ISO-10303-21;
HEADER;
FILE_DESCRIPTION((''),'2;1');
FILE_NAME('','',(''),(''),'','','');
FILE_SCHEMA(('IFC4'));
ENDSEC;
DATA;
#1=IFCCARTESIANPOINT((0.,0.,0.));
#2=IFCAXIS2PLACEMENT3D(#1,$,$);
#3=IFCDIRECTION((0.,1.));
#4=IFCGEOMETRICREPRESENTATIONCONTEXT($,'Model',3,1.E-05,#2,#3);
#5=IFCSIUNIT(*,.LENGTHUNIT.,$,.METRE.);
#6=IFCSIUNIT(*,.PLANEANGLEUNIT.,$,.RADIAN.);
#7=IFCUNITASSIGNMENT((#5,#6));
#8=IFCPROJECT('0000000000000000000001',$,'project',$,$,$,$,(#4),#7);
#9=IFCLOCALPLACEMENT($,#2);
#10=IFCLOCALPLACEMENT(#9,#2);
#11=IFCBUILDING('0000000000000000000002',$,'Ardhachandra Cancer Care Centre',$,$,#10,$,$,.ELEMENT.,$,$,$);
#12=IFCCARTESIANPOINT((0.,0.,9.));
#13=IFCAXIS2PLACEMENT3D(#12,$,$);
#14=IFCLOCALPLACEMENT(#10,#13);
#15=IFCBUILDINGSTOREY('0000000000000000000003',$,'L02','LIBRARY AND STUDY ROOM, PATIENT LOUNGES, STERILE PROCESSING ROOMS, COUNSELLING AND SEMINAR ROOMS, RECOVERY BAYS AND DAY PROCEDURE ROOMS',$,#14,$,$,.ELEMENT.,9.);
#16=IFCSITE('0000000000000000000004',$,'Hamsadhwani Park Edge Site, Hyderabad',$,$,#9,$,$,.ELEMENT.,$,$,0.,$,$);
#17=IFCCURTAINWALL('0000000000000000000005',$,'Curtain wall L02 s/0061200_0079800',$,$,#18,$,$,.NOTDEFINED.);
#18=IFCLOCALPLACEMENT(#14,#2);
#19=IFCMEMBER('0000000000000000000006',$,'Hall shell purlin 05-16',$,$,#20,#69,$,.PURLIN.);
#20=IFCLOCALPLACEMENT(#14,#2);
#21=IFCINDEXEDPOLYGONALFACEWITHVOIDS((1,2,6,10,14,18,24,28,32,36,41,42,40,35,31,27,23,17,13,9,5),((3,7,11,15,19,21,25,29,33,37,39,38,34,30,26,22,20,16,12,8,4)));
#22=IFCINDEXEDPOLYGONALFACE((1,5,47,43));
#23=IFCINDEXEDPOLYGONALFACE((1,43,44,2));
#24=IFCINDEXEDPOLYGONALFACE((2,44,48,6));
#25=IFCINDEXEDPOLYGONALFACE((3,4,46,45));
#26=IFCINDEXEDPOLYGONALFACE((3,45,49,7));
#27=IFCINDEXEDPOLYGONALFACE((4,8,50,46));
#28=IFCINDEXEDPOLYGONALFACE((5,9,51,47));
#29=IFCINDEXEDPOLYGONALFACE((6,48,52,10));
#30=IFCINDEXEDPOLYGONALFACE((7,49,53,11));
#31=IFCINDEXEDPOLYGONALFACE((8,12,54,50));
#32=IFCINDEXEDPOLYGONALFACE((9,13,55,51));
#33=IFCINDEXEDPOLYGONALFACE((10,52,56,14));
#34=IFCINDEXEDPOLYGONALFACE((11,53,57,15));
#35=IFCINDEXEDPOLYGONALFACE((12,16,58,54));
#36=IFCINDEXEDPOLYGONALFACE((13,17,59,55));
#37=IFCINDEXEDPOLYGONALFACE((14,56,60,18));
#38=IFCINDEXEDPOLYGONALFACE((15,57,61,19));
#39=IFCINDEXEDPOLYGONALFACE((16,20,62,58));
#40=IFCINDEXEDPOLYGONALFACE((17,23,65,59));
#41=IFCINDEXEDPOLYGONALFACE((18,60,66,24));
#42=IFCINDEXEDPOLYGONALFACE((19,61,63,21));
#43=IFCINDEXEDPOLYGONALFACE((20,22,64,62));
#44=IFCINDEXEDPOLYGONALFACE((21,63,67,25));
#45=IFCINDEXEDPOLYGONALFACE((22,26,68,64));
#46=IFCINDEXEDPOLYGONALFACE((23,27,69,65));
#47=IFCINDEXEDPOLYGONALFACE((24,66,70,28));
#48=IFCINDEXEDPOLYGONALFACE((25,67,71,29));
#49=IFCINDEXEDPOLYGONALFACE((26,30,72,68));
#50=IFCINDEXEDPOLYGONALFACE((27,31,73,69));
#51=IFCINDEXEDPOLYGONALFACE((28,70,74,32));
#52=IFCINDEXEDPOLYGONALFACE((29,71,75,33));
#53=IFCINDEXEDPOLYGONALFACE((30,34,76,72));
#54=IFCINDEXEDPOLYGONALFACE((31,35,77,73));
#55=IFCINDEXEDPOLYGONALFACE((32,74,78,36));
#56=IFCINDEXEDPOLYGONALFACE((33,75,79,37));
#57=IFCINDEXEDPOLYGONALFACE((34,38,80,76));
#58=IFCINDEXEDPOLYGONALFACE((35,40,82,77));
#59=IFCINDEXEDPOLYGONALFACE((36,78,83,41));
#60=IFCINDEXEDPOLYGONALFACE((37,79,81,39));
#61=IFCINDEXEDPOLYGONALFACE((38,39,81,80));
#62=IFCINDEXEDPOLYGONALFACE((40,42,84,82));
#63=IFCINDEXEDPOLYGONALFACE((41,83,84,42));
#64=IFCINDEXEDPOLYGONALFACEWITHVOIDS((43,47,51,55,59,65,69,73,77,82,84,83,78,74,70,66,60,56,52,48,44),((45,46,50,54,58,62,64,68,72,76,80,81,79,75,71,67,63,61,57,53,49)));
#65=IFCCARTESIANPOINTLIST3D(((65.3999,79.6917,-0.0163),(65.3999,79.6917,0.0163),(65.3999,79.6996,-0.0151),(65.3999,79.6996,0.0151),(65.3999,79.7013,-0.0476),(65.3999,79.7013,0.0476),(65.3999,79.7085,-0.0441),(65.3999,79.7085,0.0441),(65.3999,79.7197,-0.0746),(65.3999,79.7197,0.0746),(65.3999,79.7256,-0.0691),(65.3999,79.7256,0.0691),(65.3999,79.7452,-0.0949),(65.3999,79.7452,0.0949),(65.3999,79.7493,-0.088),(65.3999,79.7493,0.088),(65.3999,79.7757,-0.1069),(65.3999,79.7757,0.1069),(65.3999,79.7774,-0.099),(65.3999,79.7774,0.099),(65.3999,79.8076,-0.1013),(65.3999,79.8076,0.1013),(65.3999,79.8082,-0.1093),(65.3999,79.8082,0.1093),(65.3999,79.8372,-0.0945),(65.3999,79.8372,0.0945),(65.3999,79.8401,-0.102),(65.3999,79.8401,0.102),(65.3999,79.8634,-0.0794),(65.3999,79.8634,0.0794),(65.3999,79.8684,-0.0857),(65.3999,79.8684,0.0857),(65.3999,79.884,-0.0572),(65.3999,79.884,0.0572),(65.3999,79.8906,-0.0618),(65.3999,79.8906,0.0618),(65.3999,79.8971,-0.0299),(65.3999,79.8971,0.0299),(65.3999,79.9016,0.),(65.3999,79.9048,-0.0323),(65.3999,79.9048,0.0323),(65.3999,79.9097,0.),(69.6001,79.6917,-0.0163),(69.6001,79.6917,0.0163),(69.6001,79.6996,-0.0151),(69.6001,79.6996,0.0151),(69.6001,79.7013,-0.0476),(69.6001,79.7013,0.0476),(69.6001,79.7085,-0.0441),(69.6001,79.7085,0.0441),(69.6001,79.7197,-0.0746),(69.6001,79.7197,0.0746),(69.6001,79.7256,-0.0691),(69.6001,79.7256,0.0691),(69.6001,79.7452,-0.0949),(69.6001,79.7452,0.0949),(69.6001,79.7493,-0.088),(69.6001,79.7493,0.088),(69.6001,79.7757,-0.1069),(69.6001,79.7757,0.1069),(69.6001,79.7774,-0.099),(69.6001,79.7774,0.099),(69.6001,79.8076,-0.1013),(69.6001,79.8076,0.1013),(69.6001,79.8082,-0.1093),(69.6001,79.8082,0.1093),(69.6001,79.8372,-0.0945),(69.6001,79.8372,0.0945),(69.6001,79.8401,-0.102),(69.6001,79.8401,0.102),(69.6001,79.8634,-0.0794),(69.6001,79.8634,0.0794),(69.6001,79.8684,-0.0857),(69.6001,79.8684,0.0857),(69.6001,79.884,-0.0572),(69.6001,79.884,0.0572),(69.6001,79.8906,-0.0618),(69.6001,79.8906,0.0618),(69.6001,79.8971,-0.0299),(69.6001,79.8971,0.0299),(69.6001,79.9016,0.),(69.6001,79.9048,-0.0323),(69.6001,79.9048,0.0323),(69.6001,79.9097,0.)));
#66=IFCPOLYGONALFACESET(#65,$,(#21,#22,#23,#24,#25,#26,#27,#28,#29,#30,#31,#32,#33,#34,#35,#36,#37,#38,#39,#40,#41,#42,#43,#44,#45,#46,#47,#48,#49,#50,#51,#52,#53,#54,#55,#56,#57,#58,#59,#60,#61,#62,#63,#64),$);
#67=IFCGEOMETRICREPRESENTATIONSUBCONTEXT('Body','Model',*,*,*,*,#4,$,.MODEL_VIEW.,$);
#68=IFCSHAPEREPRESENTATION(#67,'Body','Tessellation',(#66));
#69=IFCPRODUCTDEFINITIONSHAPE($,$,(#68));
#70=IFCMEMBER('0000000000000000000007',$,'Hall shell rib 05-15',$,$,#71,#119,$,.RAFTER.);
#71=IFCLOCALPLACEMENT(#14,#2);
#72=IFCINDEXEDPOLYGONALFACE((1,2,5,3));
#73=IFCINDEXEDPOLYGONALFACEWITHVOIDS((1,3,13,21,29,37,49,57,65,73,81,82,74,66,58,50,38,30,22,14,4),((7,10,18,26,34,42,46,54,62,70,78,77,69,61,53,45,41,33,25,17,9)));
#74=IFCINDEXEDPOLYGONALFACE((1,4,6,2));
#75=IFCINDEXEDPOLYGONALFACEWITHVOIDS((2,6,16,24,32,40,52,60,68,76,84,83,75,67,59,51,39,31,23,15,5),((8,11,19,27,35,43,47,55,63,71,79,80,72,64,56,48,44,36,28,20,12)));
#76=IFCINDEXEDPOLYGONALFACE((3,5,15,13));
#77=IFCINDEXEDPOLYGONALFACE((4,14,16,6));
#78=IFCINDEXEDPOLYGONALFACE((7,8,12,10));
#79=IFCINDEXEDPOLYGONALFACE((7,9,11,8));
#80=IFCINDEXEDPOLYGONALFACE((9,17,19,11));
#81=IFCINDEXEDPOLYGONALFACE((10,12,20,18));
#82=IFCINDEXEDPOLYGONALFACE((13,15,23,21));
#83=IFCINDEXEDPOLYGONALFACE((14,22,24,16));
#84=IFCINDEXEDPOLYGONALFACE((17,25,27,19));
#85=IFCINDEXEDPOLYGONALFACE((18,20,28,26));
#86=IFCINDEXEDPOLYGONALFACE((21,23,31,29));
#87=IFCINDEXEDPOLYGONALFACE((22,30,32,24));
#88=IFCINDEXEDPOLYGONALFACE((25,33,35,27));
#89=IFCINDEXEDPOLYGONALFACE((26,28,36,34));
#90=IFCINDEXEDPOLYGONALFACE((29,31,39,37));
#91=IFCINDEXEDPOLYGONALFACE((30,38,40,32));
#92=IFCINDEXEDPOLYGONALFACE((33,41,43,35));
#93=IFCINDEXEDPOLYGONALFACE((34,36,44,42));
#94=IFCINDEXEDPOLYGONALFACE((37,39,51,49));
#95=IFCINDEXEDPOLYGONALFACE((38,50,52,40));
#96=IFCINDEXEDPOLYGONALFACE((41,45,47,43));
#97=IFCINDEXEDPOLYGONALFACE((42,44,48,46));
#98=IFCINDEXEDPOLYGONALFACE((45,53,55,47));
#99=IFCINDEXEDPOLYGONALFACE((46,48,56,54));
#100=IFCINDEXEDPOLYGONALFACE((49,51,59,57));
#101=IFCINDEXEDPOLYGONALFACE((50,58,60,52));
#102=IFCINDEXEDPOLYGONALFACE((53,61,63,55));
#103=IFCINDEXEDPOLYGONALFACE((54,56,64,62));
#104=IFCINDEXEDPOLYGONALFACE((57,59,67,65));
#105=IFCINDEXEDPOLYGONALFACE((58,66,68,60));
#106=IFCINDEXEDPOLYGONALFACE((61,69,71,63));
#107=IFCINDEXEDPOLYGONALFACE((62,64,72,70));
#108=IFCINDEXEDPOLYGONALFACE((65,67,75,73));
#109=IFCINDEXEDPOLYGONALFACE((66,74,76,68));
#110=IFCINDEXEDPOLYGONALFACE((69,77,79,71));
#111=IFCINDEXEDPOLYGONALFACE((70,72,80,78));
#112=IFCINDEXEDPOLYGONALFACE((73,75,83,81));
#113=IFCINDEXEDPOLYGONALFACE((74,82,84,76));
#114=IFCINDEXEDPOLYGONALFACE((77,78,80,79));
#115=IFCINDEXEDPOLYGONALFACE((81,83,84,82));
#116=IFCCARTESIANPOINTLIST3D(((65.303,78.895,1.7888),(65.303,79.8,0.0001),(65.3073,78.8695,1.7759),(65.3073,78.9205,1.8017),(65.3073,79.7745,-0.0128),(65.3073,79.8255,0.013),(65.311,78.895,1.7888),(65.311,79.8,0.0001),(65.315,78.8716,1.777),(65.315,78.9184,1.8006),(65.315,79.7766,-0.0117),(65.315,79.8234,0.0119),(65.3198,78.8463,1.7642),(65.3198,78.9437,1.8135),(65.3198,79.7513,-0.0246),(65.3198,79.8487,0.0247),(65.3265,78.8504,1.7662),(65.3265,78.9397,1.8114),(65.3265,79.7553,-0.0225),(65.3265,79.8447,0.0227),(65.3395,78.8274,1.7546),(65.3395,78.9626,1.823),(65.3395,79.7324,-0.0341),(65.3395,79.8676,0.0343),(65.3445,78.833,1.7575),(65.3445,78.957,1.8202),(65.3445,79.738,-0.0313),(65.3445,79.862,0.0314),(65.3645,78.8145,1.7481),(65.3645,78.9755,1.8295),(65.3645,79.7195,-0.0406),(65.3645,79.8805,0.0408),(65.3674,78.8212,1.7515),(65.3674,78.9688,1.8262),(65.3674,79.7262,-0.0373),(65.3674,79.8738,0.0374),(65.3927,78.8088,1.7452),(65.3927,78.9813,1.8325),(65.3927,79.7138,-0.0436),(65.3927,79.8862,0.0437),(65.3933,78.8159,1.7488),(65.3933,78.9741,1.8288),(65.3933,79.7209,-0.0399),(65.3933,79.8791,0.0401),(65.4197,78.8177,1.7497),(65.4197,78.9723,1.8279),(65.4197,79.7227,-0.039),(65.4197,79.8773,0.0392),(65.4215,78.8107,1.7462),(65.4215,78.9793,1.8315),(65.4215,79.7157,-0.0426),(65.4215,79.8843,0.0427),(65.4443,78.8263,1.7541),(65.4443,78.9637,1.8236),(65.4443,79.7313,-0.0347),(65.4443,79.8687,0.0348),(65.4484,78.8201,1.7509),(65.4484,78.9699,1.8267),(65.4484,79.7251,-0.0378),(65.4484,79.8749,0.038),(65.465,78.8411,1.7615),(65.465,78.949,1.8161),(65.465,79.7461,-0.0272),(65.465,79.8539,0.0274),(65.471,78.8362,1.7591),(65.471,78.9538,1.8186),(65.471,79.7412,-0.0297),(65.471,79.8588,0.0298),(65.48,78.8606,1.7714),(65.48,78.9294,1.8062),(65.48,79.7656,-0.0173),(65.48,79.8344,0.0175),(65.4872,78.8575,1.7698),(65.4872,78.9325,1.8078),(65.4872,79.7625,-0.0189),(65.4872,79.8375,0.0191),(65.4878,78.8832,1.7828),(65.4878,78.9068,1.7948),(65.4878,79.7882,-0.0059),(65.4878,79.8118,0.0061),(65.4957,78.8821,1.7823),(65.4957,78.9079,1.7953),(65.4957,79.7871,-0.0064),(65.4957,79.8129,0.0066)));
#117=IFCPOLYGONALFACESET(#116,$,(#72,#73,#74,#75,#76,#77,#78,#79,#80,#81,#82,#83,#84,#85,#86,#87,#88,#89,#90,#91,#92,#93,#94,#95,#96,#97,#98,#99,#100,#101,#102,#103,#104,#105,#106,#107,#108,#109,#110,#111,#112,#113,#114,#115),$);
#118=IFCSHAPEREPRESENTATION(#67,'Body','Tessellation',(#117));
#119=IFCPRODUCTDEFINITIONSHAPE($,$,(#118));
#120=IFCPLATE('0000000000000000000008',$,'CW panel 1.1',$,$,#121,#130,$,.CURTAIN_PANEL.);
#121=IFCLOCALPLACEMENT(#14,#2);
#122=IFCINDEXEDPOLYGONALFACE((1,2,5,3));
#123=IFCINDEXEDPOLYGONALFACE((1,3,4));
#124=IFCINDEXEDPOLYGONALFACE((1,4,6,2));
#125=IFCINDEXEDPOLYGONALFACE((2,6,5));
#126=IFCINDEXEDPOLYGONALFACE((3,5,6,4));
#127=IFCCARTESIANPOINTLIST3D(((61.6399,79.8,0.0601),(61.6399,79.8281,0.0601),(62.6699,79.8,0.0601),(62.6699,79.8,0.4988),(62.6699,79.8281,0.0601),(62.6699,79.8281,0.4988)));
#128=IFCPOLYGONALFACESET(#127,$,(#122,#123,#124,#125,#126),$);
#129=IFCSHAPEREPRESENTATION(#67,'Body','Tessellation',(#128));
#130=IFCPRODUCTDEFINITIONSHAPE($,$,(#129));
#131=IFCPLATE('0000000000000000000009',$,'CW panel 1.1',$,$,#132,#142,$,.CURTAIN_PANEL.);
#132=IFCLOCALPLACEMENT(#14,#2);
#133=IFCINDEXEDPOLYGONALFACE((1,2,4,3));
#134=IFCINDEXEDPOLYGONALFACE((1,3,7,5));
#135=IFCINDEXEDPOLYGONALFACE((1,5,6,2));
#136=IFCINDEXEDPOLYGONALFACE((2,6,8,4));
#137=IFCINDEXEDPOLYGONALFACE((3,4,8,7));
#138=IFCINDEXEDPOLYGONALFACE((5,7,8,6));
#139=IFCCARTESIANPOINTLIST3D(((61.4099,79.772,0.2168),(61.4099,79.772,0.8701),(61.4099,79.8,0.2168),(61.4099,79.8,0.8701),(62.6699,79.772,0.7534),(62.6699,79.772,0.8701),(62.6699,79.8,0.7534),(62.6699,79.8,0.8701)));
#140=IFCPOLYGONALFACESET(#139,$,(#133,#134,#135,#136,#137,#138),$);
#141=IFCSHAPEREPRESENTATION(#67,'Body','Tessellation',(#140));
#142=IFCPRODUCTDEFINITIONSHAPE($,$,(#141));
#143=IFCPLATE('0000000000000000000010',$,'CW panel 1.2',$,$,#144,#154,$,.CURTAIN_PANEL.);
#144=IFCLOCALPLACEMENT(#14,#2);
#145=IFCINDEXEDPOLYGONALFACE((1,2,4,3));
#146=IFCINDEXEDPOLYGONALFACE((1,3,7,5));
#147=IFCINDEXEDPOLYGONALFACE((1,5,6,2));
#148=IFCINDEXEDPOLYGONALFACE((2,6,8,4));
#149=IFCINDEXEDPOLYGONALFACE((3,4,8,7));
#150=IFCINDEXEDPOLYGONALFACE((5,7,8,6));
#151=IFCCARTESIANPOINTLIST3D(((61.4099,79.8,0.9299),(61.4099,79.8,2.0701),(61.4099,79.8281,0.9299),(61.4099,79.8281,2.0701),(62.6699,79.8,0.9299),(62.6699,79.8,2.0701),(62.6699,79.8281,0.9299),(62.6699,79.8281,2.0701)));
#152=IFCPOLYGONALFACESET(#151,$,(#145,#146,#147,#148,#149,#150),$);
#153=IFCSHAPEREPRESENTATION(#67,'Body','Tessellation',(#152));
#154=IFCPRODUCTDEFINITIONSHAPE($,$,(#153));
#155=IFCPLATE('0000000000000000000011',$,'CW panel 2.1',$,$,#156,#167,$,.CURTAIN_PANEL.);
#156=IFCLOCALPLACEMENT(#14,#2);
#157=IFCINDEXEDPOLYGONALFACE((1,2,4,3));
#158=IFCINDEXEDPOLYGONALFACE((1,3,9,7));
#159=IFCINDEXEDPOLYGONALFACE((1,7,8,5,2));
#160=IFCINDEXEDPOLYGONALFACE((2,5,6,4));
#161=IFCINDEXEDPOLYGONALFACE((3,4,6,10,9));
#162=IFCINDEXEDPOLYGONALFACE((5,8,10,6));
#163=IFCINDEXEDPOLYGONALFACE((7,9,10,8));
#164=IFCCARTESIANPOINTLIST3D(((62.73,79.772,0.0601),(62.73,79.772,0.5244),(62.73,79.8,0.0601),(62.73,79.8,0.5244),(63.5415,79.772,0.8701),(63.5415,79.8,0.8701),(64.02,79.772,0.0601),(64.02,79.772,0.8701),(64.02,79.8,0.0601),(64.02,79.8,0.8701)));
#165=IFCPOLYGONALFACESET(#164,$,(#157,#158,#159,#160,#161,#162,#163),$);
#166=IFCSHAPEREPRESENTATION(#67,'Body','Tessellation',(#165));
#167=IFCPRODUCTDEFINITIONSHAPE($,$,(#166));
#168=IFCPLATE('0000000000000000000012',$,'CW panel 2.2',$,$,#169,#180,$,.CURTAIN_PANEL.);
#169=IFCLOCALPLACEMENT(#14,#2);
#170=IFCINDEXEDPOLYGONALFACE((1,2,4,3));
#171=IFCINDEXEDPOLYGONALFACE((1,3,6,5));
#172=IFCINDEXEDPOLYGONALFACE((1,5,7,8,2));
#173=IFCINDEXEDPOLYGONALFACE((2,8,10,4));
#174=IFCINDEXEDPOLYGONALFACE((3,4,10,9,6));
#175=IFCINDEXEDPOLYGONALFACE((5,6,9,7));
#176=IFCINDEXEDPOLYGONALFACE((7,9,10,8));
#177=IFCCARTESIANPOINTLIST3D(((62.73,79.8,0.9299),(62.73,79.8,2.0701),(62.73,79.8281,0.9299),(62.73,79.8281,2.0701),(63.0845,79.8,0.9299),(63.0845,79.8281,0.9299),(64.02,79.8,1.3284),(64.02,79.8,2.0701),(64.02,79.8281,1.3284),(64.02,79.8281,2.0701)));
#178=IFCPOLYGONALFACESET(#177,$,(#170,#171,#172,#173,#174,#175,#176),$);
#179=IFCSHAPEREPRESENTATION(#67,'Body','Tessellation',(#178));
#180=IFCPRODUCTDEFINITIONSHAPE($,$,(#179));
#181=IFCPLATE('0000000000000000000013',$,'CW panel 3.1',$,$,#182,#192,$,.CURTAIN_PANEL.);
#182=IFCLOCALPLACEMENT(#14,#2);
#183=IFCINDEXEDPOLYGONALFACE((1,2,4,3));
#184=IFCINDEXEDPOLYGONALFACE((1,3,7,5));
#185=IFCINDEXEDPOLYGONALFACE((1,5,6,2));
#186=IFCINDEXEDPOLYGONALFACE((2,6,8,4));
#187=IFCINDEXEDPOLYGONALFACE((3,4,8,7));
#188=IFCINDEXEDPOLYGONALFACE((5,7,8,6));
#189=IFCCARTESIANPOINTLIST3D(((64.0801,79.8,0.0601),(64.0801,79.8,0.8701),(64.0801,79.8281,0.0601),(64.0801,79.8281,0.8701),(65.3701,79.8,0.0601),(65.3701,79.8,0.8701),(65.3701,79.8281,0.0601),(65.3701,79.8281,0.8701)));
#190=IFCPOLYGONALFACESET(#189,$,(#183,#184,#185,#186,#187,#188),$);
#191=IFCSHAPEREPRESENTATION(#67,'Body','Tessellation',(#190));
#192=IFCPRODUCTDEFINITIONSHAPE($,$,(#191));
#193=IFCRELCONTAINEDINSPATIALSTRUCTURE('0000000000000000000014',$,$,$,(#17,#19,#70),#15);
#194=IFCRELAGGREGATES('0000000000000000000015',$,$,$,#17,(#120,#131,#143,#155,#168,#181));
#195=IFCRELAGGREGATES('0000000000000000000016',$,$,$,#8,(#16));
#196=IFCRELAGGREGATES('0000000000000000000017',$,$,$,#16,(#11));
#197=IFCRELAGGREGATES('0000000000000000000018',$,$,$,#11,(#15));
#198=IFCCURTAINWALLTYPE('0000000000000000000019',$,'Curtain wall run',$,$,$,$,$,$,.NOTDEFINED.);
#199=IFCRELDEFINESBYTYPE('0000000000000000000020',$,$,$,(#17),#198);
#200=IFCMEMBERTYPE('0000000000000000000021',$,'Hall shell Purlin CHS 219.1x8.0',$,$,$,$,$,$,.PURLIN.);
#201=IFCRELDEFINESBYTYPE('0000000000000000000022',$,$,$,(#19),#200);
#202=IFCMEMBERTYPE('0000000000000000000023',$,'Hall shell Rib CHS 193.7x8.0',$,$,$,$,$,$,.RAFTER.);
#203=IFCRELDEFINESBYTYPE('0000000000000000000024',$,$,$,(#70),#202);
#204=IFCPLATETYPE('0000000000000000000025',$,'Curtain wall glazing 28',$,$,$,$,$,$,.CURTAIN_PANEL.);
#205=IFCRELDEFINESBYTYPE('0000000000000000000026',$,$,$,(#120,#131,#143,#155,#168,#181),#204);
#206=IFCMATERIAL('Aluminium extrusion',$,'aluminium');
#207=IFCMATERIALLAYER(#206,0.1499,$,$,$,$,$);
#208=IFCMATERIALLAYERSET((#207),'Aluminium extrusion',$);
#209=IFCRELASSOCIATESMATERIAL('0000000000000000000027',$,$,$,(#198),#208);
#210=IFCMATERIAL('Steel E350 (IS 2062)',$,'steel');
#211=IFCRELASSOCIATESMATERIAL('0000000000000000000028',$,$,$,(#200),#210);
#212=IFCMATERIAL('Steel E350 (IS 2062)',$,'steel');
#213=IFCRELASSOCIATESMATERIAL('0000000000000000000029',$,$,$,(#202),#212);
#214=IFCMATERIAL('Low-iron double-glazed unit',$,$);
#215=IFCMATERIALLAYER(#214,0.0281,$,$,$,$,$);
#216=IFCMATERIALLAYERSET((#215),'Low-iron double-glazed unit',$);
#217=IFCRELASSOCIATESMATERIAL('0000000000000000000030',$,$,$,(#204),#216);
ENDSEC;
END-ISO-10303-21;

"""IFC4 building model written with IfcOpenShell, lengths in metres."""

from ifc_helpers import new_model, si_unit, direction, frame, origin, origin_2d, place, context, subcontext, project, spatial, polyline, hollow_circle, outline, extrude, material, layer, layer_set, material_profile, profile_set, type_object, element, aggregate, save


model = new_model("IFC4")

# Units and contexts
model_context = context("Model", 3, precision=1e-05, world=origin(), true_north=direction((0.0, 1.0)))
body_context = subcontext(model_context, "Body", "Model", "MODEL_VIEW")
ifc_project = project(units=[si_unit("LENGTHUNIT", "METRE"), si_unit("PLANEANGLEUNIT", "RADIAN")], contexts=[model_context])

# Site, building, storey
site_placement = place(None, origin())
site = spatial("IfcSite", under=ifc_project, at=site_placement, Name="Hamsadhwani Park Edge Site, Hyderabad", CompositionType="ELEMENT", RefElevation=0.0)
building_placement = place(site_placement, origin())
building = spatial("IfcBuilding", under=site, at=building_placement, Name="Ardhachandra Cancer Care Centre", CompositionType="ELEMENT")
storey_placement = place(building_placement, frame((0.0, 0.0, 9.0)))
storey = spatial("IfcBuildingStorey", under=building, at=storey_placement, Name="L02", Description="LIBRARY AND STUDY ROOM, PATIENT LOUNGES, STERILE PROCESSING ROOMS, COUNSELLING AND SEMINAR ROOMS, RECOVERY BAYS AND DAY PROCEDURE ROOMS", CompositionType="ELEMENT", Elevation=9.0)

# Curtain wall
ifc_material_1 = material(Name="Aluminium extrusion", Category="aluminium")
ifc_layer_1 = layer(ifc_material_1, 0.1499)
ifc_layer_set_1 = layer_set([ifc_layer_1], Name="Aluminium extrusion")
curtain_wall_type = type_object("IfcCurtainWallType", Name="Curtain wall run", PredefinedType="NOTDEFINED", material=ifc_layer_set_1)
curtain_wall_placement = place(storey_placement, origin())
curtain_wall = element("IfcCurtainWall", 1, at=curtain_wall_placement, inside=storey, type_object=curtain_wall_type, Name="Curtain wall L02 s/0061200_0079800", PredefinedType="NOTDEFINED")

# Members
ifc_material_2 = material(Name="Steel E350 (IS 2062)", Category="steel")
ifc_material_profile_1 = material_profile(ifc_material_2, hollow_circle(Radius=0.1096, WallThickness=0.0081, at=origin_2d()), Name="CHS 219.1x8.0")
ifc_profile_set_1 = profile_set([ifc_material_profile_1], Name="Steel E350 (IS 2062)")
member_type_1 = type_object("IfcMemberType", Name="Hall shell Purlin CHS 219.1x8.0", PredefinedType="PURLIN", material=ifc_profile_set_1)
member_1_placement = place(storey_placement, frame((65.3999, 79.8, 0.0), z_axis=(1.0, 0.0, 0.0), x_axis=(0.0, 1.0, 0.0)))
element("IfcMember", 2, at=member_1_placement, inside=storey, type_object=member_type_1, Name="Hall shell purlin 05-16", PredefinedType="PURLIN", context=body_context, shape_type="SweptSolid", body=[
    extrude(hollow_circle(Radius=0.1096, WallThickness=0.0081, at=origin_2d()), origin(), (0.0, 0.0, 1.0), 4.2002),
])
ifc_material_3 = material(Name="Steel E350 (IS 2062)", Category="steel")
ifc_material_profile_2 = material_profile(ifc_material_3, hollow_circle(Radius=0.0969, WallThickness=0.0081, at=origin_2d()), Name="CHS 193.7x8.0")
ifc_profile_set_2 = profile_set([ifc_material_profile_2], Name="Steel E350 (IS 2062)")
member_type_2 = type_object("IfcMemberType", Name="Hall shell Rib CHS 193.7x8.0", PredefinedType="RAFTER", material=ifc_profile_set_2)
member_2_placement = place(storey_placement, frame((65.3999, 78.895, 1.7888), z_axis=(0.0, 0.451447, -0.892298), x_axis=(-1.0, 0.0, 0.0)))
element("IfcMember", 3, at=member_2_placement, inside=storey, type_object=member_type_2, Name="Hall shell rib 05-15", PredefinedType="RAFTER", context=body_context, shape_type="SweptSolid", body=[
    extrude(hollow_circle(Radius=0.0969, WallThickness=0.0081, at=origin_2d()), origin(), (0.0, 0.0, 1.0), 2.0046),
])

# Plates
ifc_material_4 = material(Name="Low-iron double-glazed unit")
ifc_layer_2 = layer(ifc_material_4, 0.0281)
ifc_layer_set_2 = layer_set([ifc_layer_2], Name="Low-iron double-glazed unit")
plate_type_1 = type_object("IfcPlateType", Name="Curtain wall glazing 28", PredefinedType="CURTAIN_PANEL", material=ifc_layer_set_2)
plate_1_placement = place(storey_placement, frame((62.6699, 79.8, 0.0601), z_axis=(0.0, 1.0, 0.0), x_axis=(-1.0, 0.0, 0.0)))
plate_1 = element("IfcPlate", 4, at=plate_1_placement, type_object=plate_type_1, Name="CW panel 1.1", PredefinedType="CURTAIN_PANEL", context=body_context, shape_type="SweptSolid", body=[
    extrude(outline(polyline([(0.0, 0.0), (1.03, 0.0), (0.0, 0.4387), (0.0, 0.0)])), origin(), (0.0, 0.0, 1.0), 0.0281),
])
plate_2_placement = place(storey_placement, frame((61.4099, 79.8, 0.8701), z_axis=(0.0, 1.0, 0.0), x_axis=(1.0, 0.0, 0.0)))
plate_2 = element("IfcPlate", 5, at=plate_2_placement, type_object=plate_type_1, Name="CW panel 1.1", PredefinedType="CURTAIN_PANEL", context=body_context, shape_type="SweptSolid", body=[
    extrude(outline(polyline([(0.0, 0.0), (1.26, 0.0), (1.26, 0.1167), (0.0, 0.6533), (0.0, 0.0)])), frame((0.0, 0.0, -0.0281)), (0.0, 0.0, 1.0), 0.0281),
])
plate_3_placement = place(storey_placement, frame((61.4099, 79.8, 0.9299), z_axis=(0.0, 1.0, 0.0), x_axis=(0.0, 0.0, 1.0)))
plate_3 = element("IfcPlate", 6, at=plate_3_placement, type_object=plate_type_1, Name="CW panel 1.2", PredefinedType="CURTAIN_PANEL", context=body_context, shape_type="SweptSolid", body=[
    extrude(outline(polyline([(0.0, 0.0), (1.1401, 0.0), (1.1401, 1.26), (0.0, 1.26), (0.0, 0.0)])), origin(), (0.0, 0.0, 1.0), 0.0281),
])
plate_4_placement = place(storey_placement, frame((64.02, 79.8, 0.8701), z_axis=(0.0, 1.0, 0.0), x_axis=(0.0, 0.0, -1.0)))
plate_4 = element("IfcPlate", 7, at=plate_4_placement, type_object=plate_type_1, Name="CW panel 2.1", PredefinedType="CURTAIN_PANEL", context=body_context, shape_type="SweptSolid", body=[
    extrude(outline(polyline([(0.0, 0.0), (0.8101, 0.0), (0.8101, 1.29), (0.3457, 1.29), (0.0, 0.4785), (0.0, 0.0)])), frame((0.0, 0.0, -0.0281)), (0.0, 0.0, 1.0), 0.0281),
])
plate_5_placement = place(storey_placement, frame((62.73, 79.8, 0.9299), z_axis=(0.0, 1.0, 0.0), x_axis=(0.0, 0.0, 1.0)))
plate_5 = element("IfcPlate", 8, at=plate_5_placement, type_object=plate_type_1, Name="CW panel 2.2", PredefinedType="CURTAIN_PANEL", context=body_context, shape_type="SweptSolid", body=[
    extrude(outline(polyline([(0.0, 0.0), (1.1401, 0.0), (1.1401, 1.29), (0.3984, 1.29), (0.0, 0.3545), (0.0, 0.0)])), origin(), (0.0, 0.0, 1.0), 0.0281),
])
plate_6_placement = place(storey_placement, frame((64.0801, 79.8, 0.0601), z_axis=(0.0, 1.0, 0.0), x_axis=(0.0, 0.0, 1.0)))
plate_6 = element("IfcPlate", 9, at=plate_6_placement, type_object=plate_type_1, Name="CW panel 3.1", PredefinedType="CURTAIN_PANEL", context=body_context, shape_type="SweptSolid", body=[
    extrude(outline(polyline([(0.0, 0.0), (0.8101, 0.0), (0.8101, 1.29), (0.0, 1.29), (0.0, 0.0)])), origin(), (0.0, 0.0, 1.0), 0.0281),
])
aggregate(curtain_wall, [plate_1, plate_2, plate_3, plate_4, plate_5, plate_6])

save(model, "model.ifc")
